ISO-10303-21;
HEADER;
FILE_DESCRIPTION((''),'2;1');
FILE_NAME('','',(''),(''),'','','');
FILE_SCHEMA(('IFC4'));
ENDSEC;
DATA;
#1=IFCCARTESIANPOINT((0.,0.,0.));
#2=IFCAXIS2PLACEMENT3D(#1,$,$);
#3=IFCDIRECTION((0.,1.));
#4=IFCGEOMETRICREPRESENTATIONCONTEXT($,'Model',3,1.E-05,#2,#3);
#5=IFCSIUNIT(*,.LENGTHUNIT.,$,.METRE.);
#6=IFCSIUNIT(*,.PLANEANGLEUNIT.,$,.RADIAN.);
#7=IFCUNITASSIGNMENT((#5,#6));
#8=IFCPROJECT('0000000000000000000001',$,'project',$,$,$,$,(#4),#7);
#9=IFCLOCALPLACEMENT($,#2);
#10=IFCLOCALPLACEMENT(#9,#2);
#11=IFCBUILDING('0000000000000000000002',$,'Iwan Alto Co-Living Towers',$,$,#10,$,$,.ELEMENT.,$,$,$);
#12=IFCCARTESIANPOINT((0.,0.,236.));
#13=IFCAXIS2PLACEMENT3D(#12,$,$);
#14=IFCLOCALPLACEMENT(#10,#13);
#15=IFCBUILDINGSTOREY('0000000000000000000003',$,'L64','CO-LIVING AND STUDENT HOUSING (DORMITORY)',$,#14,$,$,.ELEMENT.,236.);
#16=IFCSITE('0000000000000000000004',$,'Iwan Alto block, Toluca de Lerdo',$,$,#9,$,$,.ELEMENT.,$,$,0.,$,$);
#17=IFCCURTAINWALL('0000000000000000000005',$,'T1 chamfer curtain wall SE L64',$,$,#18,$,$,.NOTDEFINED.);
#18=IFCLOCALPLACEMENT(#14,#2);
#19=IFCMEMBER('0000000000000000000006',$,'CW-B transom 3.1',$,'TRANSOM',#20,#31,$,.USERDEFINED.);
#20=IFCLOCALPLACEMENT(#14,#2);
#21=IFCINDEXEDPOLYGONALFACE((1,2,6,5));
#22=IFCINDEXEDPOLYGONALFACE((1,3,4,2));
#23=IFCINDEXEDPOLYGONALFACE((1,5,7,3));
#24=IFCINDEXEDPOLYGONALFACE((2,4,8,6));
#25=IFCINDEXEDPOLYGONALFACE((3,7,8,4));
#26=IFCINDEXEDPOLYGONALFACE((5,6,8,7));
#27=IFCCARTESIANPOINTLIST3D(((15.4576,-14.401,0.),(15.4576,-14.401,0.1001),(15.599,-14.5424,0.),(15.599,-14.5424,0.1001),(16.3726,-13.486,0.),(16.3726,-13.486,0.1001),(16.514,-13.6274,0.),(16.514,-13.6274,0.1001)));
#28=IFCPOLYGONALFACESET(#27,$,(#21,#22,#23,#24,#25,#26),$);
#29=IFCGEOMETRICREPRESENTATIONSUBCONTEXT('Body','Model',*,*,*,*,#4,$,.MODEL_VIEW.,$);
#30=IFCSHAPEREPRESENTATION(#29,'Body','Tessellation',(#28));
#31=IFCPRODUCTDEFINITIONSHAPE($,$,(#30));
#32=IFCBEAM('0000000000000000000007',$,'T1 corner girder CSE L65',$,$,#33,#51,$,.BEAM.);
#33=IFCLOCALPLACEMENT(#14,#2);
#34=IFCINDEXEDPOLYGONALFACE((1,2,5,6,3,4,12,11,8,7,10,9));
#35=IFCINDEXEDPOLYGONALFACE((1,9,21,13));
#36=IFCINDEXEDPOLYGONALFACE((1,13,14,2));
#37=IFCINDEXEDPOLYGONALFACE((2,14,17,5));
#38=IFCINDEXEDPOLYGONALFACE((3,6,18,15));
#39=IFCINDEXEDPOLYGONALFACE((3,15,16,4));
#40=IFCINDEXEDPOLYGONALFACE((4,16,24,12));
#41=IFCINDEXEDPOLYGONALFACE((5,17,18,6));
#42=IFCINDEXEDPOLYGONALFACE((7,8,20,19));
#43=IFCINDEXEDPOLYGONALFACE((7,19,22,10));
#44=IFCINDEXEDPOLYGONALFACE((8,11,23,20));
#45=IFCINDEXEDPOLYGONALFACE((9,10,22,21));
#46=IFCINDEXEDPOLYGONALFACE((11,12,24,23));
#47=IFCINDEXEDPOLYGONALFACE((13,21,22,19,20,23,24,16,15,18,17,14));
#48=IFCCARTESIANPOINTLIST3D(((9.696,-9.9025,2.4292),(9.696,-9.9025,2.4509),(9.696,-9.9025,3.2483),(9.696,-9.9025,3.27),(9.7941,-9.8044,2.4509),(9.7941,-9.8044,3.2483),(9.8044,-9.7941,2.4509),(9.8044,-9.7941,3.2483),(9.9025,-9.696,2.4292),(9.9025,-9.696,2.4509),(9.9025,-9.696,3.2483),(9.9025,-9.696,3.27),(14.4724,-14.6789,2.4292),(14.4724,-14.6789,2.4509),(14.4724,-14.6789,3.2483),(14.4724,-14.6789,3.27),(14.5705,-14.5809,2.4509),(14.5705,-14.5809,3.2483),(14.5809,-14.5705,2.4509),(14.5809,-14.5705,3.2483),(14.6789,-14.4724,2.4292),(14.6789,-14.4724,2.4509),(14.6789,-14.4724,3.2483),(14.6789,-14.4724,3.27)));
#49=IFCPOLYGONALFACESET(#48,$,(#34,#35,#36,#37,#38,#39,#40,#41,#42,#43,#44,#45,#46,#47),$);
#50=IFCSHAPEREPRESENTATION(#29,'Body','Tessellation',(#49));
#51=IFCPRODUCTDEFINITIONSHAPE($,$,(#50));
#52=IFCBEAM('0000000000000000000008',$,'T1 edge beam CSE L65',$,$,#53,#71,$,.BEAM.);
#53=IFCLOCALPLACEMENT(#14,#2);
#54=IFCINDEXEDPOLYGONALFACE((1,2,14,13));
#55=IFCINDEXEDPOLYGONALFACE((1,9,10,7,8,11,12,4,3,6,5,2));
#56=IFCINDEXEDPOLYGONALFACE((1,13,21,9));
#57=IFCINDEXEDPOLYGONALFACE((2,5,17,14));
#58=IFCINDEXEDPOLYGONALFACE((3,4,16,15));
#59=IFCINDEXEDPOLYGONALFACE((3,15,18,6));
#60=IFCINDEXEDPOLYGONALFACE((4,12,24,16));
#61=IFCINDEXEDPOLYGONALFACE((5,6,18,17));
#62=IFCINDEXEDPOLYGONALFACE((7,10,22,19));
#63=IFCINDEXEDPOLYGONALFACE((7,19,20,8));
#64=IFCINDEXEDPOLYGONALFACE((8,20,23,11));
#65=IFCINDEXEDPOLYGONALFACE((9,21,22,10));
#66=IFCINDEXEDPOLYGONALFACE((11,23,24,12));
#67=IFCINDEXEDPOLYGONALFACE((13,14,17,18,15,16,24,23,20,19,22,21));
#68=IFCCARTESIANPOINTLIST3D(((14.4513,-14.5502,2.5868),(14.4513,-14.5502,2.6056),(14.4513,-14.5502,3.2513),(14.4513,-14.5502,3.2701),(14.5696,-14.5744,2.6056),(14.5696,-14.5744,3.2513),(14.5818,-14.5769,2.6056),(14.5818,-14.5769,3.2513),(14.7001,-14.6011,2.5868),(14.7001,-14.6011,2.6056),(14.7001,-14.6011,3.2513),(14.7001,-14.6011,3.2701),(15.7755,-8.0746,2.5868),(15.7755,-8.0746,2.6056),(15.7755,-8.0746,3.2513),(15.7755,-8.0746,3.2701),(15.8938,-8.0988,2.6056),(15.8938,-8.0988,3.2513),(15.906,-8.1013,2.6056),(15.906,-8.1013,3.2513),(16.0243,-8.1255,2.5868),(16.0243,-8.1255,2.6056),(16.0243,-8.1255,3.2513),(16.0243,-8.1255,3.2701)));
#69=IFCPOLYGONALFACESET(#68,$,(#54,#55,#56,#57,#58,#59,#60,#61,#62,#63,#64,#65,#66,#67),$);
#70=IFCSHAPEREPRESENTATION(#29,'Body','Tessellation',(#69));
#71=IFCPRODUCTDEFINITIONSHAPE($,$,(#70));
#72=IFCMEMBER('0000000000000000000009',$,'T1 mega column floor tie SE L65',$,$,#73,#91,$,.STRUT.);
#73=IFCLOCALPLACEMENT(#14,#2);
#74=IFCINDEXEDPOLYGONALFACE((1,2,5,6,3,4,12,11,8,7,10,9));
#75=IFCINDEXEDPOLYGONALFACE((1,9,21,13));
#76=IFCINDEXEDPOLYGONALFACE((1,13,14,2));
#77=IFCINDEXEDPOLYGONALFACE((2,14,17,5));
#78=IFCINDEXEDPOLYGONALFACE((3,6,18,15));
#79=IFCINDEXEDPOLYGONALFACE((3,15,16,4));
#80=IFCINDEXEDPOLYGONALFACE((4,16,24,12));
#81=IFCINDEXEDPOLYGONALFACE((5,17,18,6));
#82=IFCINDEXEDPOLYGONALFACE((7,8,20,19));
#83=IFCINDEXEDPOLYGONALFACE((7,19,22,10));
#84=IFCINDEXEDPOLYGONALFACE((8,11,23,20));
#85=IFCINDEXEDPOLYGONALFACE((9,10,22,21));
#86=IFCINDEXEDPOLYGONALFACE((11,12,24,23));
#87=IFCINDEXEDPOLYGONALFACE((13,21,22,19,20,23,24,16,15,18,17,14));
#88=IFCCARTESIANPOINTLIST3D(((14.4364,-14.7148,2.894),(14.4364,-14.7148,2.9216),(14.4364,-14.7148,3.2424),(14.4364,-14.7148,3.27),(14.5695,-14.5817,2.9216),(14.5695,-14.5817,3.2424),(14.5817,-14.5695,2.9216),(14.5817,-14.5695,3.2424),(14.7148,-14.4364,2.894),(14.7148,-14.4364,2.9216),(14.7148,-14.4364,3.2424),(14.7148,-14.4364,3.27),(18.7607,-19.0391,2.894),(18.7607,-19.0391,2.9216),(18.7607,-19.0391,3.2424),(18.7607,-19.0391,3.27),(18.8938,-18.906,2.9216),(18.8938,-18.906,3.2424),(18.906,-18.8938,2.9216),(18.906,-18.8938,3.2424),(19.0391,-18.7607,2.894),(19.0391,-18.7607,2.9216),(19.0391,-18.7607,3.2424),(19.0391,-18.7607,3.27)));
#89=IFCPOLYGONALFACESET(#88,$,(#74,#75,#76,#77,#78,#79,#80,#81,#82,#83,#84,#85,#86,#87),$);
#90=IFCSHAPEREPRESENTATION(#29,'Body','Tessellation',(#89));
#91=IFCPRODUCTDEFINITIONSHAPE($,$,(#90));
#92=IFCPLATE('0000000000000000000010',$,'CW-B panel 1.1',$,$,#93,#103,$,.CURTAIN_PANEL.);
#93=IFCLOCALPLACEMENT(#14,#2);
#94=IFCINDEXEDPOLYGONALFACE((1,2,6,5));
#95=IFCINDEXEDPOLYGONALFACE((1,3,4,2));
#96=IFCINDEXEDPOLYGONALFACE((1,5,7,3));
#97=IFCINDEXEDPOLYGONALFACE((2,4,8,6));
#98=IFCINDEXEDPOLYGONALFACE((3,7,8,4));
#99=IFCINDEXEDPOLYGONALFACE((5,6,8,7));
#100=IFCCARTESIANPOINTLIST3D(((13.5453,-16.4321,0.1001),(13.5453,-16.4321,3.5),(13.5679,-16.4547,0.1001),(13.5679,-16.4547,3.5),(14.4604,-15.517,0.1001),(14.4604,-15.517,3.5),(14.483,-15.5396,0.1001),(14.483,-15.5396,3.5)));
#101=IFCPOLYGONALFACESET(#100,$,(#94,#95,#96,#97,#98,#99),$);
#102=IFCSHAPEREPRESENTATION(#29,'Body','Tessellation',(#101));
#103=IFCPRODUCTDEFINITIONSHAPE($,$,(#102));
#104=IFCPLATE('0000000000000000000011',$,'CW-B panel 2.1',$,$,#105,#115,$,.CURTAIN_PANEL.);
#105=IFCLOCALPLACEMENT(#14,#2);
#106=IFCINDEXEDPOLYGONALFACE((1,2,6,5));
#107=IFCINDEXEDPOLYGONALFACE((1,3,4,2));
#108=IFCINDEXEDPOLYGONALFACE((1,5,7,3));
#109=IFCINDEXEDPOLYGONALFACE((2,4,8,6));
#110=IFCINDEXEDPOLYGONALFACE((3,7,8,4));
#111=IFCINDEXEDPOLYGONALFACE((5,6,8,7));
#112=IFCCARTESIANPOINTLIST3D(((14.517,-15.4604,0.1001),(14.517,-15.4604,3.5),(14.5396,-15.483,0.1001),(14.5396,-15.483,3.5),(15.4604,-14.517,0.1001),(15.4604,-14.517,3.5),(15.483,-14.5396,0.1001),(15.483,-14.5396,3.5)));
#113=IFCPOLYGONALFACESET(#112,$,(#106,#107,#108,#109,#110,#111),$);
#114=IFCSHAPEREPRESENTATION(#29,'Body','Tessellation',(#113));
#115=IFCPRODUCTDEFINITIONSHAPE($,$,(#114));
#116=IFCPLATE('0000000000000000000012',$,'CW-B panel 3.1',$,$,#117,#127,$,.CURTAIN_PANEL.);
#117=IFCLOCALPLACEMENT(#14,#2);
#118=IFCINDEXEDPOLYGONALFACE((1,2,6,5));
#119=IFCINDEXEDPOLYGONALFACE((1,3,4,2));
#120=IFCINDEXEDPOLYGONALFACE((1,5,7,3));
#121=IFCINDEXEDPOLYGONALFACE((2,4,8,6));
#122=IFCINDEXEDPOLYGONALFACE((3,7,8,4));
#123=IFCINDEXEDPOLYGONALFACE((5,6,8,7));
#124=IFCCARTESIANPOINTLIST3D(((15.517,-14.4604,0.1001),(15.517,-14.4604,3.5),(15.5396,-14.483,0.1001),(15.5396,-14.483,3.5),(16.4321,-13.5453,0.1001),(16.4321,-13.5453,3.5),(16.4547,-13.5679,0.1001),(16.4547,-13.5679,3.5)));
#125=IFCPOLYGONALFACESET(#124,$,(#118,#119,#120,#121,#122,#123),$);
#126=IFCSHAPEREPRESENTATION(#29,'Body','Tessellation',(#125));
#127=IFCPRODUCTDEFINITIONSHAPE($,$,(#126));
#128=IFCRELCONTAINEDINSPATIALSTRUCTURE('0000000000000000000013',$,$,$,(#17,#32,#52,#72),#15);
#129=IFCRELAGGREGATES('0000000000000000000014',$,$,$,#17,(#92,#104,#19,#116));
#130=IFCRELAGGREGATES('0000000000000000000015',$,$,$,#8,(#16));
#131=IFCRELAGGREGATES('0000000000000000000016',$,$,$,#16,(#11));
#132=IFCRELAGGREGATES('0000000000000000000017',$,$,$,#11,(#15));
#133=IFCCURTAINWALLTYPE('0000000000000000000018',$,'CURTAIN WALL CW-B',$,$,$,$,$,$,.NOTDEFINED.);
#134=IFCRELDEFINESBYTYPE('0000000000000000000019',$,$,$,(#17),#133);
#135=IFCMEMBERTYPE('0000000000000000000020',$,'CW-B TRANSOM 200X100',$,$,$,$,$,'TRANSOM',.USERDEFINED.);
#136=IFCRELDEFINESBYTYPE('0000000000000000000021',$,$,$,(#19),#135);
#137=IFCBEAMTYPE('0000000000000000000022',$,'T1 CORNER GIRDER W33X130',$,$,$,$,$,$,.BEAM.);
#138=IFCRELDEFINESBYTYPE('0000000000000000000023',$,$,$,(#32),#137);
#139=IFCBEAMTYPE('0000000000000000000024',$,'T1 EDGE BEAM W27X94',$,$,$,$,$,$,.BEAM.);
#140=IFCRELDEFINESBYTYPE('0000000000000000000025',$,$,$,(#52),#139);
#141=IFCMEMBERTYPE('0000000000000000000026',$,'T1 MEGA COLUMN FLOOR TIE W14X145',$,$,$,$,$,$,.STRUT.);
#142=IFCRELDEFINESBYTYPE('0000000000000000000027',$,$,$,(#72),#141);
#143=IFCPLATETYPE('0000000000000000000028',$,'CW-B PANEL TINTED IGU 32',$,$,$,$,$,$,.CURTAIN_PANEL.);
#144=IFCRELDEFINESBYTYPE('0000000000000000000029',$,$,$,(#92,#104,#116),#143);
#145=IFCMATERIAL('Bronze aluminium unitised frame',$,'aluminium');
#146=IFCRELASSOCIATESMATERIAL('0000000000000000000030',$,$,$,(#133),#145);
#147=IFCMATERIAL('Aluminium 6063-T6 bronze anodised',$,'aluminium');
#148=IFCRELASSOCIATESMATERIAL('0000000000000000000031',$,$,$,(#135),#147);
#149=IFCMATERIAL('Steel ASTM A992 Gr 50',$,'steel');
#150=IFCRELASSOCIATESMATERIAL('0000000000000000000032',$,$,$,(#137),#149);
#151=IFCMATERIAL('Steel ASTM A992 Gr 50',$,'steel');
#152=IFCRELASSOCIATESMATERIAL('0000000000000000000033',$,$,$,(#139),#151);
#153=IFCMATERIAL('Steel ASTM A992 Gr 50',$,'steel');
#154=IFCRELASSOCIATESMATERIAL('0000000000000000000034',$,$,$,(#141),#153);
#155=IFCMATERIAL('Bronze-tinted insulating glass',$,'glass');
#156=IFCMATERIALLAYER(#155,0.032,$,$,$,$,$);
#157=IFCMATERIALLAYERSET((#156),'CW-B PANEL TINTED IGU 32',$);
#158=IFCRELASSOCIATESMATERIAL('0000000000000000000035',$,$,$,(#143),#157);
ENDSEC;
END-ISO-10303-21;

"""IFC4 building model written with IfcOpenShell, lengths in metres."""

from ifc_helpers import new_model, si_unit, direction, frame, origin, origin_2d, place, context, subcontext, project, spatial, rectangle, i_section, extrude, material, layer, layer_set, material_profile, profile_set, type_object, element, aggregate, save


model = new_model("IFC4")

# Units and contexts
model_context = context("Model", 3, precision=1e-05, world=origin(), true_north=direction((0.0, 1.0)))
body_context = subcontext(model_context, "Body", "Model", "MODEL_VIEW")
ifc_project = project(units=[si_unit("LENGTHUNIT", "METRE"), si_unit("PLANEANGLEUNIT", "RADIAN")], contexts=[model_context])

# Site, building, storey
site_placement = place(None, origin())
site = spatial("IfcSite", under=ifc_project, at=site_placement, Name="Iwan Alto block, Toluca de Lerdo", CompositionType="ELEMENT", RefElevation=0.0)
building_placement = place(site_placement, origin())
building = spatial("IfcBuilding", under=site, at=building_placement, Name="Iwan Alto Co-Living Towers", CompositionType="ELEMENT")
storey_placement = place(building_placement, frame((0.0, 0.0, 236.0)))
storey = spatial("IfcBuildingStorey", under=building, at=storey_placement, Name="L64", Description="CO-LIVING AND STUDENT HOUSING (DORMITORY)", CompositionType="ELEMENT", Elevation=236.0)

# Curtain wall, member
ifc_material_1 = material(Name="Bronze aluminium unitised frame", Category="aluminium")
curtain_wall_type_1 = type_object("IfcCurtainWallType", Name="CURTAIN WALL CW-B", PredefinedType="NOTDEFINED", material=ifc_material_1)
curtain_wall_1_placement = place(storey_placement, origin())
curtain_wall_1 = element("IfcCurtainWall", 1, at=curtain_wall_1_placement, inside=storey, type_object=curtain_wall_type_1, Name="T1 chamfer curtain wall SE L64", PredefinedType="NOTDEFINED")
ifc_material_2 = material(Name="Aluminium 6063-T6 bronze anodised", Category="aluminium")
ifc_material_profile_1 = material_profile(ifc_material_2, rectangle(XDim=0.2, YDim=0.1001, at=origin_2d()), Name="AL 200X100")
ifc_profile_set_1 = profile_set([ifc_material_profile_1], Name="Aluminium 6063-T6 bronze anodised")
member_type_1 = type_object("IfcMemberType", Name="CW-B TRANSOM 200X100", ElementType="TRANSOM", PredefinedType="USERDEFINED", material=ifc_profile_set_1)
member_1_placement = place(storey_placement, frame((15.5283, -14.4717, 0.05), z_axis=(0.707107, 0.707107, 0.0), x_axis=(-0.707107, 0.707107, 0.0)))
member_1 = element("IfcMember", 2, at=member_1_placement, type_object=member_type_1, Name="CW-B transom 3.1", ObjectType="TRANSOM", PredefinedType="USERDEFINED", context=body_context, shape_type="SweptSolid", body=[
    extrude(rectangle(XDim=0.2, YDim=0.1001, at=origin_2d()), origin(), (0.0, 0.0, 1.0), 1.2939),
])

# Beams
ifc_material_3 = material(Name="Steel ASTM A992 Gr 50", Category="steel")
ifc_material_profile_2 = material_profile(ifc_material_3, i_section(OverallWidth=0.292, OverallDepth=0.8408, WebThickness=0.0146, FlangeThickness=0.0217, at=origin_2d()), Name="W33X130")
ifc_profile_set_2 = profile_set([ifc_material_profile_2], Name="Steel ASTM A992 Gr 50")
beam_type_1 = type_object("IfcBeamType", Name="T1 CORNER GIRDER W33X130", PredefinedType="BEAM", material=ifc_profile_set_2)
beam_1_placement = place(storey_placement, frame((14.5757, -14.5757, 2.8496), z_axis=(-0.707107, 0.707107, 0.0), x_axis=(-0.707107, -0.707107, 0.0)))
element("IfcBeam", 3, at=beam_1_placement, inside=storey, type_object=beam_type_1, Name="T1 corner girder CSE L65", PredefinedType="BEAM", context=body_context, shape_type="SweptSolid", body=[
    extrude(i_section(OverallWidth=0.292, OverallDepth=0.8408, WebThickness=0.0146, FlangeThickness=0.0217, at=origin_2d()), origin(), (0.0, 0.0, 1.0), 6.7549),
])
ifc_material_4 = material(Name="Steel ASTM A992 Gr 50", Category="steel")
ifc_material_profile_3 = material_profile(ifc_material_4, i_section(OverallWidth=0.2539, OverallDepth=0.6833, WebThickness=0.0125, FlangeThickness=0.0188, at=origin_2d()), Name="W27X94")
ifc_profile_set_3 = profile_set([ifc_material_profile_3], Name="Steel ASTM A992 Gr 50")
beam_type_2 = type_object("IfcBeamType", Name="T1 EDGE BEAM W27X94", PredefinedType="BEAM", material=ifc_profile_set_3)
beam_2_placement = place(storey_placement, frame((14.5757, -14.5757, 2.9285), z_axis=(0.200348, 0.979725, 0.0), x_axis=(-0.979725, 0.200348, 0.0)))
element("IfcBeam", 4, at=beam_2_placement, inside=storey, type_object=beam_type_2, Name="T1 edge beam CSE L65", PredefinedType="BEAM", context=body_context, shape_type="SweptSolid", body=[
    extrude(i_section(OverallWidth=0.2539, OverallDepth=0.6833, WebThickness=0.0125, FlangeThickness=0.0188, at=origin_2d()), origin(), (0.0, 0.0, 1.0), 6.6096),
])

# Member
ifc_material_5 = material(Name="Steel ASTM A992 Gr 50", Category="steel")
ifc_material_profile_4 = material_profile(ifc_material_5, i_section(OverallWidth=0.3938, OverallDepth=0.376, WebThickness=0.0173, FlangeThickness=0.0276, at=origin_2d()), Name="W14X145")
ifc_profile_set_4 = profile_set([ifc_material_profile_4], Name="Steel ASTM A992 Gr 50")
member_type_2 = type_object("IfcMemberType", Name="T1 MEGA COLUMN FLOOR TIE W14X145", PredefinedType="STRUT", material=ifc_profile_set_4)
member_2_placement = place(storey_placement, frame((18.8999, -18.8999, 3.082), z_axis=(-0.707107, 0.707107, 0.0), x_axis=(-0.707107, -0.707107, 0.0)))
element("IfcMember", 5, at=member_2_placement, inside=storey, type_object=member_type_2, Name="T1 mega column floor tie SE L65", PredefinedType="STRUT", context=body_context, shape_type="SweptSolid", body=[
    extrude(i_section(OverallWidth=0.3938, OverallDepth=0.376, WebThickness=0.0173, FlangeThickness=0.0276, at=origin_2d()), origin(), (0.0, 0.0, 1.0), 6.1155),
])

# Plates
ifc_material_6 = material(Name="Bronze-tinted insulating glass", Category="glass")
ifc_layer = layer(ifc_material_6, 0.032)
ifc_layer_set = layer_set([ifc_layer], Name="CW-B PANEL TINTED IGU 32")
plate_type = type_object("IfcPlateType", Name="CW-B PANEL TINTED IGU 32", PredefinedType="CURTAIN_PANEL", material=ifc_layer_set)
plate_1_placement = place(storey_placement, frame((14.0142, -15.9858, 0.1001), z_axis=(0.0, 0.0, 1.0), x_axis=(0.707107, 0.707107, 0.0)))
plate_1 = element("IfcPlate", 6, at=plate_1_placement, type_object=plate_type, Name="CW-B panel 1.1", PredefinedType="CURTAIN_PANEL", context=body_context, shape_type="SweptSolid", body=[
    extrude(rectangle(XDim=1.2942, YDim=0.032, at=origin_2d()), origin(), (0.0, 0.0, 1.0), 3.3999),
])
plate_2_placement = place(storey_placement, frame((15.0, -15.0, 0.1001), z_axis=(0.0, 0.0, 1.0), x_axis=(0.707107, 0.707107, 0.0)))
plate_2 = element("IfcPlate", 7, at=plate_2_placement, type_object=plate_type, Name="CW-B panel 2.1", PredefinedType="CURTAIN_PANEL", context=body_context, shape_type="SweptSolid", body=[
    extrude(rectangle(XDim=1.3342, YDim=0.032, at=origin_2d()), origin(), (0.0, 0.0, 1.0), 3.3999),
])
plate_3_placement = place(storey_placement, frame((15.9858, -14.0142, 0.1001), z_axis=(0.0, 0.0, 1.0), x_axis=(0.707107, 0.707107, 0.0)))
plate_3 = element("IfcPlate", 8, at=plate_3_placement, type_object=plate_type, Name="CW-B panel 3.1", PredefinedType="CURTAIN_PANEL", context=body_context, shape_type="SweptSolid", body=[
    extrude(rectangle(XDim=1.2942, YDim=0.032, at=origin_2d()), origin(), (0.0, 0.0, 1.0), 3.3999),
])
aggregate(curtain_wall_1, [plate_1, plate_2, member_1, plate_3])

save(model, "model.ifc")
